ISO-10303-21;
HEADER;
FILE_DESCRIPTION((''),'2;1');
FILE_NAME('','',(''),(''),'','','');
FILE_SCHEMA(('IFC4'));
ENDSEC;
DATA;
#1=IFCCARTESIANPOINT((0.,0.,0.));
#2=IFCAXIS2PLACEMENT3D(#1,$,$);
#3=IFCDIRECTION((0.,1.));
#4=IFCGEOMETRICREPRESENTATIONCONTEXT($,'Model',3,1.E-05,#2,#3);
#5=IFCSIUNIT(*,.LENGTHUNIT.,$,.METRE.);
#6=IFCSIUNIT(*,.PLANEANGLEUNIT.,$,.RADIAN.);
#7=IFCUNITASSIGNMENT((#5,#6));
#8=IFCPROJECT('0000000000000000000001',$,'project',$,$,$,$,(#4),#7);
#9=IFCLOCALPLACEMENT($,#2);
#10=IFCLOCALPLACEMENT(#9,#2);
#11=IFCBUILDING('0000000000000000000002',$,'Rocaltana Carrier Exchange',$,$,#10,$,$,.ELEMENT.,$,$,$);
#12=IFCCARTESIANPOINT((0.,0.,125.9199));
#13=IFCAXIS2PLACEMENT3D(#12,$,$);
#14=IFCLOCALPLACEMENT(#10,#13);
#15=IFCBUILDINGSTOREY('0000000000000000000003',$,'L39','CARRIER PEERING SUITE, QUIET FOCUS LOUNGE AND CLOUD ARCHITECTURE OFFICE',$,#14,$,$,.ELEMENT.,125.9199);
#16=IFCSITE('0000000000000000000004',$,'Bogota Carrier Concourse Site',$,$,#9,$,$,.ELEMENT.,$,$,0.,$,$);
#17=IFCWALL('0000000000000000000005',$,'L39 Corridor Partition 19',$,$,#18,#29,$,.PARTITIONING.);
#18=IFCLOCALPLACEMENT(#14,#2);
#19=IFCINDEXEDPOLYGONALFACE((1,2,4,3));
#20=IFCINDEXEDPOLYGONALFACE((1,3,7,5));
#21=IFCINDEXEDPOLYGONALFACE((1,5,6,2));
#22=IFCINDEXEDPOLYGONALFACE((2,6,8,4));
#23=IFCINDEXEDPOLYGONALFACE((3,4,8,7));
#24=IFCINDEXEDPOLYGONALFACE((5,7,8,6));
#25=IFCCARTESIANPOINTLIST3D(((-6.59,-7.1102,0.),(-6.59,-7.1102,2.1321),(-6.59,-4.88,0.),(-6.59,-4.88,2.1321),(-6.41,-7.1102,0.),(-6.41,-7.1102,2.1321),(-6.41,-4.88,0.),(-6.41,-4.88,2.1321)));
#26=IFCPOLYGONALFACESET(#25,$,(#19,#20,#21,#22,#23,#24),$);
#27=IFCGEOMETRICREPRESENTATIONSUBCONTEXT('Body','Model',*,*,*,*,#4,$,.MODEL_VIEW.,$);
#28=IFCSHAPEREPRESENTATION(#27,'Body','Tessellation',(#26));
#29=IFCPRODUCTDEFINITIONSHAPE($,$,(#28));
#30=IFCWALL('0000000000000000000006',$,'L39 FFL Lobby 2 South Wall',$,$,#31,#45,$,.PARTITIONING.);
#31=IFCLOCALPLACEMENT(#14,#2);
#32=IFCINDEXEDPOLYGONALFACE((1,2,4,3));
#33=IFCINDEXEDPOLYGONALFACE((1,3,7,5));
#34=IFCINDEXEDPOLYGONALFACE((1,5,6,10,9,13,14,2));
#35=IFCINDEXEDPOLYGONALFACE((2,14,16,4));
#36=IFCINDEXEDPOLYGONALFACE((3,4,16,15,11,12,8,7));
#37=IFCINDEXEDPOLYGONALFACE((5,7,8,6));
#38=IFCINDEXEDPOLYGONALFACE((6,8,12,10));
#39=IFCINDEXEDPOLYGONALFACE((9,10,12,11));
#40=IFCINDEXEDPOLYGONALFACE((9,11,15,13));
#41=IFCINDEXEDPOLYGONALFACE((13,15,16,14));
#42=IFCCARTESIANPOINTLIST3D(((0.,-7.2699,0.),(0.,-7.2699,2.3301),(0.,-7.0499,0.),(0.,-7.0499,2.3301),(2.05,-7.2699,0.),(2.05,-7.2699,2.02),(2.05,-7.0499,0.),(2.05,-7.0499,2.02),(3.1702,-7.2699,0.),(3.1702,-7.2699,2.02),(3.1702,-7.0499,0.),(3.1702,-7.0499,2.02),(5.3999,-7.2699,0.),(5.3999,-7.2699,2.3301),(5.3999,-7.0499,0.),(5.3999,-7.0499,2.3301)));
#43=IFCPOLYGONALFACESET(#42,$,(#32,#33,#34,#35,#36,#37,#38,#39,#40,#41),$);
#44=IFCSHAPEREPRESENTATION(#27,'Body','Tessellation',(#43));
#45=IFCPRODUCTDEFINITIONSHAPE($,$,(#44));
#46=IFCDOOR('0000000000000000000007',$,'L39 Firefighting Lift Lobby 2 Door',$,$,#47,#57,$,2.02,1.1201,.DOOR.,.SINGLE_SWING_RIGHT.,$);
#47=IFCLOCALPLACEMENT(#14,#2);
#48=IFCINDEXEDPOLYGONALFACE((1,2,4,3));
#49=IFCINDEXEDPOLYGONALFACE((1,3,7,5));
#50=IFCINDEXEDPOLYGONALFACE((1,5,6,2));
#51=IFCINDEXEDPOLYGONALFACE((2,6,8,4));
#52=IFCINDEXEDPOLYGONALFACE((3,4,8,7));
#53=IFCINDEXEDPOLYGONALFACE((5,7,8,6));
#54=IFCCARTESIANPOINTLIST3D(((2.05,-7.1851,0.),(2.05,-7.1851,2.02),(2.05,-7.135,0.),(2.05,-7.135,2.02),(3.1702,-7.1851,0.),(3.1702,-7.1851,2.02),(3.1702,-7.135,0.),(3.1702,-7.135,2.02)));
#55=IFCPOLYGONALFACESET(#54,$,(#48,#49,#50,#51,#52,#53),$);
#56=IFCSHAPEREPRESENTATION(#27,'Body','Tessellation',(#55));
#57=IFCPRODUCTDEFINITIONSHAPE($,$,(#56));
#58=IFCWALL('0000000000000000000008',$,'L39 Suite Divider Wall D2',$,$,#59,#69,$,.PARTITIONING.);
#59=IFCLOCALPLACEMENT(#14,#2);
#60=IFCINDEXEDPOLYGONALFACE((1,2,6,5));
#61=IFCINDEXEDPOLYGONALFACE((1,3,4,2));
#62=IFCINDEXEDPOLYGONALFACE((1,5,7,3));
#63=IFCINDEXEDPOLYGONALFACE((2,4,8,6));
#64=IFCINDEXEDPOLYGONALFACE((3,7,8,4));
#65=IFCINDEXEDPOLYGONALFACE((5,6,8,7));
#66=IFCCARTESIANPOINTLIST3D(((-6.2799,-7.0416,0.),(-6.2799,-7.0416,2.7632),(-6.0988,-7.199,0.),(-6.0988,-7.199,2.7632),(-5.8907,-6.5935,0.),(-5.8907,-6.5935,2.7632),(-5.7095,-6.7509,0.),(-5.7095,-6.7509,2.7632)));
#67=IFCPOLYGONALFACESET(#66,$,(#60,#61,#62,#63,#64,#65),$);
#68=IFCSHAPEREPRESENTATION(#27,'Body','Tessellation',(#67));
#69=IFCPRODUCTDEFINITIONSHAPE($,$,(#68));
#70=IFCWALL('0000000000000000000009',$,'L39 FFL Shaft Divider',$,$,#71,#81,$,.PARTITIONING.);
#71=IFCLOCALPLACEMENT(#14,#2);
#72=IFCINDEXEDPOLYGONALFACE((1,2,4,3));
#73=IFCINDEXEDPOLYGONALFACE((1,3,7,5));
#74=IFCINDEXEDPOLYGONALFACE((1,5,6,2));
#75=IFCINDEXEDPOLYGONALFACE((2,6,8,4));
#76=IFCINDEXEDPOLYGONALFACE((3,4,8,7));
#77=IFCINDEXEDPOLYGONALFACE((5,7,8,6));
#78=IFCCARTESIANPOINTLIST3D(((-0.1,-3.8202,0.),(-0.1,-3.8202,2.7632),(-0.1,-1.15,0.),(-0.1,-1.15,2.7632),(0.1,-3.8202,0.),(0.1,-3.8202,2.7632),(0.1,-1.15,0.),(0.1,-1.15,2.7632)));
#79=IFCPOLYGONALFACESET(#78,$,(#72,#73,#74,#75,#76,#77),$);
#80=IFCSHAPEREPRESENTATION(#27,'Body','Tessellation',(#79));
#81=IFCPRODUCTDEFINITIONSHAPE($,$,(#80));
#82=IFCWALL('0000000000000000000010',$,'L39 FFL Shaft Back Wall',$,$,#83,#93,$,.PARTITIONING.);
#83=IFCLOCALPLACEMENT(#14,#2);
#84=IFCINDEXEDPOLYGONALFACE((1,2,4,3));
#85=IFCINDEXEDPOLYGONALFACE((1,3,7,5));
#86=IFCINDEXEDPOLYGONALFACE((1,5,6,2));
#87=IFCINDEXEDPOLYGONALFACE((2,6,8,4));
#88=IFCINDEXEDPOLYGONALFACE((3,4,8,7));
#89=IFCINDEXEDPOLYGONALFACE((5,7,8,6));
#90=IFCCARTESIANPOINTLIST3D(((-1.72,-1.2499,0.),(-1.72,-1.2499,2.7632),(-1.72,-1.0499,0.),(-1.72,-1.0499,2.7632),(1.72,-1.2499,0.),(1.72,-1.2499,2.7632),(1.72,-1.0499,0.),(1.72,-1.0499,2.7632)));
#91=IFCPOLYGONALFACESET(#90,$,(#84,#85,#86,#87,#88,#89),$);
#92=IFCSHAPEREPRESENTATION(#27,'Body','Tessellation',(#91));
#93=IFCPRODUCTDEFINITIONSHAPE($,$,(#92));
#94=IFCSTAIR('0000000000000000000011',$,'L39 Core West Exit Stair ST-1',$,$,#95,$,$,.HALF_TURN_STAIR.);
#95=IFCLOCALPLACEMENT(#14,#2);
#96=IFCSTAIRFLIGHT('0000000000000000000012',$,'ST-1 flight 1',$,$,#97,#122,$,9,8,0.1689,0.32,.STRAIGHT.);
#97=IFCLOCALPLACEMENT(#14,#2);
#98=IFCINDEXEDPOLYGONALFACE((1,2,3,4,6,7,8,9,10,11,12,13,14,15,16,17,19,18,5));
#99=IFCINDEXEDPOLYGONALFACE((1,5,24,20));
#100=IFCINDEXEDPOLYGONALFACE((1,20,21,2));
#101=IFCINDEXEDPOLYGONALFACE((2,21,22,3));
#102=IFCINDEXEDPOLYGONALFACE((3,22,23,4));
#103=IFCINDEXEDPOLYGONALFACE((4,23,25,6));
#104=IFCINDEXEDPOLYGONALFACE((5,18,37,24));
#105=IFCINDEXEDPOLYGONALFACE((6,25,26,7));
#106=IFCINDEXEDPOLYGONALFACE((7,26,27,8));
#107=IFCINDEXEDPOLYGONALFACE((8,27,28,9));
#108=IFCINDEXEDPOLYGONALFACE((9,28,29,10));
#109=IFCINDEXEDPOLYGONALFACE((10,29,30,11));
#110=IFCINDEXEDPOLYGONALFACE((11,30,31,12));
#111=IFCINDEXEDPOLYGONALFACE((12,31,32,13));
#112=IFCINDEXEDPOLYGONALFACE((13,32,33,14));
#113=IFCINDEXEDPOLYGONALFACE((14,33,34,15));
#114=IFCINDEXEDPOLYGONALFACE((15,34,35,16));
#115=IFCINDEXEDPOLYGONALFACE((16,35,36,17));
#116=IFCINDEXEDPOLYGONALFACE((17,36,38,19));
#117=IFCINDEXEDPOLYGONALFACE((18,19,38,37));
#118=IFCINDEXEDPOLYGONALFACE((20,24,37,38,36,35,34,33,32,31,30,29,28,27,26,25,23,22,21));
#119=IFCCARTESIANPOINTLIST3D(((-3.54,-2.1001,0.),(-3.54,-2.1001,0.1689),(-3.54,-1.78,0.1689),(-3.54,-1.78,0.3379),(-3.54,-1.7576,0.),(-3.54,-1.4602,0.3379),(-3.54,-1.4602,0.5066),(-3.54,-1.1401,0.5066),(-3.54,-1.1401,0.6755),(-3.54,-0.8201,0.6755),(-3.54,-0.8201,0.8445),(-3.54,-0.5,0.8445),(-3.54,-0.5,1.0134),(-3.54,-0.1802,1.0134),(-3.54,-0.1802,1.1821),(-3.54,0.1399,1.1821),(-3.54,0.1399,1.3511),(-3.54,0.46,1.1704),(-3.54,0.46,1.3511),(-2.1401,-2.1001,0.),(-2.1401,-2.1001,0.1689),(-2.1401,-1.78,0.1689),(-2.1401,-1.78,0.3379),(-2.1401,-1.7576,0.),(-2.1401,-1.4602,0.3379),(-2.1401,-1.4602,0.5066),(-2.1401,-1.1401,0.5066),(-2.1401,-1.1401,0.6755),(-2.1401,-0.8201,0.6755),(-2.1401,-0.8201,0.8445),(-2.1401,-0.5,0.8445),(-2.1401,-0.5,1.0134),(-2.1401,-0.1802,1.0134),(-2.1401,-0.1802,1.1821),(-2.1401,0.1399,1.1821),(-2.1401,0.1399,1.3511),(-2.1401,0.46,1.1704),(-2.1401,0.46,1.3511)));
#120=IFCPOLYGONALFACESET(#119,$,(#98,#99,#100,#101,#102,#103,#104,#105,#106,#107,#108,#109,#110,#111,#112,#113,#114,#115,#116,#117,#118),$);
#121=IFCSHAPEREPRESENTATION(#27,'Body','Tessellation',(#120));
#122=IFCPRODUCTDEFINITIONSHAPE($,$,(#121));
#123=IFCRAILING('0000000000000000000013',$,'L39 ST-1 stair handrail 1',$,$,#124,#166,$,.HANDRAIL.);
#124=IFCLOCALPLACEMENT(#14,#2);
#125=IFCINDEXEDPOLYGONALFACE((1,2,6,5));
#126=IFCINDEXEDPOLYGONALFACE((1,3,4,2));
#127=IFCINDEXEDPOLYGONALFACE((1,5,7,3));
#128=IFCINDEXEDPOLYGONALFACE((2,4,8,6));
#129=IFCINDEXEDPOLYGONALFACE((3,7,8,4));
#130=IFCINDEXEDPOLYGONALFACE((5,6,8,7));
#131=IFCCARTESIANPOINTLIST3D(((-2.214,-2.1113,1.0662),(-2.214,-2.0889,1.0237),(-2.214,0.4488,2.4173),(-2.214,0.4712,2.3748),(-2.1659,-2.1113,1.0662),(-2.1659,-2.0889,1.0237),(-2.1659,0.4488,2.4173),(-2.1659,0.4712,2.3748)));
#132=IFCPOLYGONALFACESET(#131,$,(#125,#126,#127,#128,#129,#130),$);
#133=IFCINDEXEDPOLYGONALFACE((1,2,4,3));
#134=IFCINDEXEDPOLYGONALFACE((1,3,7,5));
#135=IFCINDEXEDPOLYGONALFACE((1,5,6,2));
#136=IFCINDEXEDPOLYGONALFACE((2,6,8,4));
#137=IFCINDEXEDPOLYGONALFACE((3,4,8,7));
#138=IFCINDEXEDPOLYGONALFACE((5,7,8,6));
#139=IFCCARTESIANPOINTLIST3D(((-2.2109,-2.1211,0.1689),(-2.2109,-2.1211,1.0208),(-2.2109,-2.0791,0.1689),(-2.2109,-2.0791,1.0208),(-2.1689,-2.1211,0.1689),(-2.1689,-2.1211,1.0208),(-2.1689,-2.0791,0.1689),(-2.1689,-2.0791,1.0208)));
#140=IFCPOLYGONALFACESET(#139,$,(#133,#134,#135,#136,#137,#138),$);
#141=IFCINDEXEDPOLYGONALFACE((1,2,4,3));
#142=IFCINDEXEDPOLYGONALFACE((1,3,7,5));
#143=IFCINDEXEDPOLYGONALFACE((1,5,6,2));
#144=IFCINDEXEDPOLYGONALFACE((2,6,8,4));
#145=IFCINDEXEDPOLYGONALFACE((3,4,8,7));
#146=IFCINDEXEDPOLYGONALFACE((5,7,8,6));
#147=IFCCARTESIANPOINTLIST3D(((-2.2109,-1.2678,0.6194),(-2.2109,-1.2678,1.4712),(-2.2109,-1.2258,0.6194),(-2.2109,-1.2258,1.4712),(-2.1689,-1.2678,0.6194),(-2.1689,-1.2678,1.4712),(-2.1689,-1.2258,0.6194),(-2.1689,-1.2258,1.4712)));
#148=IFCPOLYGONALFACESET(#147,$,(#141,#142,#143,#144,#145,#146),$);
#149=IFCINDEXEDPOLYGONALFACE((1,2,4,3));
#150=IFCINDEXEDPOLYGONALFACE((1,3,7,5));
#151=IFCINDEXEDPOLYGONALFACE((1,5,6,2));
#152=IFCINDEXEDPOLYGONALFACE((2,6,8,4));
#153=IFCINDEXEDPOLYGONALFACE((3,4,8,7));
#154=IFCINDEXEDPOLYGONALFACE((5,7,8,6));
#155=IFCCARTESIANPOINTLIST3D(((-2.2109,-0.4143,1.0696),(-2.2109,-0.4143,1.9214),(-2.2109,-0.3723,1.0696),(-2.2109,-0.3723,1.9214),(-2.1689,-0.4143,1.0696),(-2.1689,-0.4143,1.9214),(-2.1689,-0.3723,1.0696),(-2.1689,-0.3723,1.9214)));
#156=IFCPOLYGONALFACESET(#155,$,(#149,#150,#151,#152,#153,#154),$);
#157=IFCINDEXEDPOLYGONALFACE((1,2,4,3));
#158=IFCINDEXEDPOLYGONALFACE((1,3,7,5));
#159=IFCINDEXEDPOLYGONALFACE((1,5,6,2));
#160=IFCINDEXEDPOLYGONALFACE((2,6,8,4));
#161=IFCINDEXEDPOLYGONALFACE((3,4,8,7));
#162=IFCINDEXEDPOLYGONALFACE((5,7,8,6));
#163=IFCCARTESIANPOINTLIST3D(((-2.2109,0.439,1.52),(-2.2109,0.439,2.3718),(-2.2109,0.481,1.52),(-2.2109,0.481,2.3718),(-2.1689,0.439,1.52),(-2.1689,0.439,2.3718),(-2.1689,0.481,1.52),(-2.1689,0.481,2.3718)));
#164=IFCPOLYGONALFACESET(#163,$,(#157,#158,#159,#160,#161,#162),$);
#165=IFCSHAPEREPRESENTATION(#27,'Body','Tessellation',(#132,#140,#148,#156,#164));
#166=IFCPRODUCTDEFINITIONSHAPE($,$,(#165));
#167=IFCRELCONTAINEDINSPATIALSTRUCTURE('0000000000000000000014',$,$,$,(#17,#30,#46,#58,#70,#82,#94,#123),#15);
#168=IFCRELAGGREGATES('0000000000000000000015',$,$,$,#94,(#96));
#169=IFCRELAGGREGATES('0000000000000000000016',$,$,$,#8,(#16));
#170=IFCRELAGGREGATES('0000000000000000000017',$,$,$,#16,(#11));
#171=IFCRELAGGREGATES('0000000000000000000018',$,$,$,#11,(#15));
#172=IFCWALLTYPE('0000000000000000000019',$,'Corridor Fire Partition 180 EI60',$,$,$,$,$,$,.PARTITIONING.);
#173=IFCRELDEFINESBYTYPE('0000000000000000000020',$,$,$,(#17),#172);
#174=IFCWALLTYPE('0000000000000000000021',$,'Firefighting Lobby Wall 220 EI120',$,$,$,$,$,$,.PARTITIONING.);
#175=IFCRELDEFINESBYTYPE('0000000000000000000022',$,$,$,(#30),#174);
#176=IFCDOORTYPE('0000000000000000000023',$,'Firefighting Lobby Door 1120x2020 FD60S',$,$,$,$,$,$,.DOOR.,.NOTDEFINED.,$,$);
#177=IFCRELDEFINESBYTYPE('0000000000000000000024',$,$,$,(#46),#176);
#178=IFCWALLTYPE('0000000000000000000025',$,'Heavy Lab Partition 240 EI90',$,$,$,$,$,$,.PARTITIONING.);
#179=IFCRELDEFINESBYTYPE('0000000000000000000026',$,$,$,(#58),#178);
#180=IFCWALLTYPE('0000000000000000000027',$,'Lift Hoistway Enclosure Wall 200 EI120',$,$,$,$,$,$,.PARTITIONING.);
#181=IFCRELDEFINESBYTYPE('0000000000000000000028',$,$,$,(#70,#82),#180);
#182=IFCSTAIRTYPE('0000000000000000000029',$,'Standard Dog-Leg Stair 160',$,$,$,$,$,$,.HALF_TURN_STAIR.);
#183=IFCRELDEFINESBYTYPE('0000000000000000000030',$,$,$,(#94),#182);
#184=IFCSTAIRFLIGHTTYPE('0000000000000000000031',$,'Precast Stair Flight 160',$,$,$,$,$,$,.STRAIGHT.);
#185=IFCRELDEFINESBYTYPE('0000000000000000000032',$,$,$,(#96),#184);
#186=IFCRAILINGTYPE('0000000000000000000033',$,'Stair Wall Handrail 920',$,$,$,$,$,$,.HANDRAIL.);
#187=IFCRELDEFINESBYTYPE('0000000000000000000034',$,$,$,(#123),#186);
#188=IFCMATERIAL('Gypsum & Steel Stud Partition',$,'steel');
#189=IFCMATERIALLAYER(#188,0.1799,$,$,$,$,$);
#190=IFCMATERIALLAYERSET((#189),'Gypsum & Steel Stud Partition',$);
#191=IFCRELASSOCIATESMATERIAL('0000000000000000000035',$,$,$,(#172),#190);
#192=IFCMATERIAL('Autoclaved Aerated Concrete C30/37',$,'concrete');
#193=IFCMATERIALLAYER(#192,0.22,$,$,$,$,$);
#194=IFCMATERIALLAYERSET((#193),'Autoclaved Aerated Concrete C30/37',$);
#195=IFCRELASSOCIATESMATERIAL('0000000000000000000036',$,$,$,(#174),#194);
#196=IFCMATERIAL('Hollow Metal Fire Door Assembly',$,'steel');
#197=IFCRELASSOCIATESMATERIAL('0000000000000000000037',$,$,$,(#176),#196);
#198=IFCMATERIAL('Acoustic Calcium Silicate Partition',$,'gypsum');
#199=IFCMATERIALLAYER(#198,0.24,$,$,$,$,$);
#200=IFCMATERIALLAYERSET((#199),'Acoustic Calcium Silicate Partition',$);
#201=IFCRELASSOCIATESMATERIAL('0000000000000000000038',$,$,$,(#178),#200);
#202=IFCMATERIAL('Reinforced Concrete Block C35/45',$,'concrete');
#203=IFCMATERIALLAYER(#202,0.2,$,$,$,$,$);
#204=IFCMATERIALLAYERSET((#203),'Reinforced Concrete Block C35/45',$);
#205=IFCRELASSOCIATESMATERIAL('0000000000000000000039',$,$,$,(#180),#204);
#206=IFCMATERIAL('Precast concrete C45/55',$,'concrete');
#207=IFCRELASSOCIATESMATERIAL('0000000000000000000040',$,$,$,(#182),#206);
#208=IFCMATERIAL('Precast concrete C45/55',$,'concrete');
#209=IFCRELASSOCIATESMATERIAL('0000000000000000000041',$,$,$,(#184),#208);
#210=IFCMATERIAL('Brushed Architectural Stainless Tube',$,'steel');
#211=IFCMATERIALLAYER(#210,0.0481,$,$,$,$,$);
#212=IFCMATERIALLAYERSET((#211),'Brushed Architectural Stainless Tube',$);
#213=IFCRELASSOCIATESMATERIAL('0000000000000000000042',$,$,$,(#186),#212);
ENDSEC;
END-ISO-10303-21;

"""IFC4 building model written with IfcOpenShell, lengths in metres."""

from ifc_helpers import new_model, si_unit, direction, frame, frame_2d, origin, origin_2d, place, context, subcontext, project, spatial, polyline, rectangle, outline, extrude, material, layer, layer_set, type_object, element, fill, aggregate, save


model = new_model("IFC4")

# Units and contexts
model_context = context("Model", 3, precision=1e-05, world=origin(), true_north=direction((0.0, 1.0)))
body_context = subcontext(model_context, "Body", "Model", "MODEL_VIEW")
ifc_project = project(units=[si_unit("LENGTHUNIT", "METRE"), si_unit("PLANEANGLEUNIT", "RADIAN")], contexts=[model_context])

# Site, building, storey
site_placement = place(None, origin())
site = spatial("IfcSite", under=ifc_project, at=site_placement, Name="Bogota Carrier Concourse Site", CompositionType="ELEMENT", RefElevation=0.0)
building_placement = place(site_placement, origin())
building = spatial("IfcBuilding", under=site, at=building_placement, Name="Rocaltana Carrier Exchange", CompositionType="ELEMENT")
storey_placement = place(building_placement, frame((0.0, 0.0, 125.9199)))
storey = spatial("IfcBuildingStorey", under=building, at=storey_placement, Name="L39", Description="CARRIER PEERING SUITE, QUIET FOCUS LOUNGE AND CLOUD ARCHITECTURE OFFICE", CompositionType="ELEMENT", Elevation=125.9199)

# Wall
ifc_material_1 = material(Name="Gypsum & Steel Stud Partition", Category="steel")
ifc_layer_1 = layer(ifc_material_1, 0.1799)
ifc_layer_set_1 = layer_set([ifc_layer_1], Name="Gypsum & Steel Stud Partition")
wall_type_1 = type_object("IfcWallType", Name="Corridor Fire Partition 180 EI60", PredefinedType="PARTITIONING", material=ifc_layer_set_1)
wall_1_placement = place(storey_placement, frame((-6.5, -4.8799, 0.0), z_axis=(0.0, 0.0, 1.0), x_axis=(0.0, -1.0, 0.0)))
element("IfcWall", 1, at=wall_1_placement, inside=storey, type_object=wall_type_1, Name="L39 Corridor Partition 19", PredefinedType="PARTITIONING", context=body_context, shape_type="SweptSolid", body=[
    extrude(rectangle(XDim=2.2302, YDim=0.1799, at=frame_2d((1.1152, 0.0))), origin(), (0.0, 0.0, 1.0), 2.1321),
])

# Wall, opening, door
ifc_material_2 = material(Name="Autoclaved Aerated Concrete C30/37", Category="concrete")
ifc_layer_2 = layer(ifc_material_2, 0.22)
ifc_layer_set_2 = layer_set([ifc_layer_2], Name="Autoclaved Aerated Concrete C30/37")
wall_type_2 = type_object("IfcWallType", Name="Firefighting Lobby Wall 220 EI120", PredefinedType="PARTITIONING", material=ifc_layer_set_2)
wall_2_placement = place(storey_placement, frame((0.0, -7.1599, 0.0), z_axis=(0.0, 0.0, 1.0), x_axis=(1.0, 0.0, 0.0)))
wall_2 = element("IfcWall", 2, at=wall_2_placement, inside=storey, type_object=wall_type_2, Name="L39 FFL Lobby 2 South Wall", PredefinedType="PARTITIONING", context=body_context, shape_type="SweptSolid", body=[
    extrude(rectangle(XDim=5.3999, YDim=0.22, at=frame_2d((2.7, 0.0))), origin(), (0.0, 0.0, 1.0), 2.3301),
])
opening_1_placement = place(wall_2_placement, frame((2.05, 0.0, 0.0)))
opening_1 = element("IfcOpeningElement", 3, at=opening_1_placement, cuts=wall_2, PredefinedType="OPENING", context=body_context, shape_type="SweptSolid", body=[
    extrude(rectangle(XDim=1.1201, YDim=2.02, at=frame_2d((0.5601, 1.01))), frame((0.0, 0.1199, 0.0), z_axis=(0.0, -1.0, 0.0), x_axis=(1.0, 0.0, 0.0)), (0.0, 0.0, 1.0), 0.24),
])
ifc_material_3 = material(Name="Hollow Metal Fire Door Assembly", Category="steel")
door_type_1 = type_object("IfcDoorType", Name="Firefighting Lobby Door 1120x2020 FD60S", OperationType="NOTDEFINED", PredefinedType="DOOR", material=ifc_material_3)
door_1_placement = place(opening_1_placement, origin())
door_1 = element("IfcDoor", 4, at=door_1_placement, inside=storey, type_object=door_type_1, Name="L39 Firefighting Lift Lobby 2 Door", OperationType="SINGLE_SWING_RIGHT", OverallHeight=2.02, OverallWidth=1.1201, PredefinedType="DOOR", context=body_context, shape_type="SweptSolid", body=[
    extrude(rectangle(XDim=1.1201, YDim=2.02, at=frame_2d((0.5601, 1.01))), frame((0.0, 0.0249, 0.0), z_axis=(0.0, -1.0, 0.0), x_axis=(1.0, 0.0, 0.0)), (0.0, 0.0, 1.0), 0.05),
])
fill(opening_1, door_1)

# Walls
ifc_material_4 = material(Name="Acoustic Calcium Silicate Partition", Category="gypsum")
ifc_layer_3 = layer(ifc_material_4, 0.24)
ifc_layer_set_3 = layer_set([ifc_layer_3], Name="Acoustic Calcium Silicate Partition")
wall_type_3 = type_object("IfcWallType", Name="Heavy Lab Partition 240 EI90", PredefinedType="PARTITIONING", material=ifc_layer_set_3)
wall_3_placement = place(storey_placement, frame((-5.8, -6.6721, 0.0), z_axis=(0.0, 0.0, 1.0), x_axis=(-0.655792, -0.754942, 0.0)))
element("IfcWall", 5, at=wall_3_placement, inside=storey, type_object=wall_type_3, Name="L39 Suite Divider Wall D2", PredefinedType="PARTITIONING", context=body_context, shape_type="SweptSolid", body=[
    extrude(rectangle(XDim=0.5935, YDim=0.24, at=frame_2d((0.2969, 0.0))), origin(), (0.0, 0.0, 1.0), 2.7632),
])
ifc_material_5 = material(Name="Reinforced Concrete Block C35/45", Category="concrete")
ifc_layer_4 = layer(ifc_material_5, 0.2)
ifc_layer_set_4 = layer_set([ifc_layer_4], Name="Reinforced Concrete Block C35/45")
wall_type_4 = type_object("IfcWallType", Name="Lift Hoistway Enclosure Wall 200 EI120", PredefinedType="PARTITIONING", material=ifc_layer_set_4)
wall_4_placement = place(storey_placement, frame((0.0, -3.8201, 0.0), z_axis=(0.0, 0.0, 1.0), x_axis=(0.0, 1.0, 0.0)))
element("IfcWall", 6, at=wall_4_placement, inside=storey, type_object=wall_type_4, Name="L39 FFL Shaft Divider", PredefinedType="PARTITIONING", context=body_context, shape_type="SweptSolid", body=[
    extrude(rectangle(XDim=2.6702, YDim=0.2, at=frame_2d((1.335, 0.0))), origin(), (0.0, 0.0, 1.0), 2.7632),
])
wall_5_placement = place(storey_placement, frame((-1.72, -1.1499, 0.0), z_axis=(0.0, 0.0, 1.0), x_axis=(1.0, 0.0, 0.0)))
element("IfcWall", 7, at=wall_5_placement, inside=storey, type_object=wall_type_4, Name="L39 FFL Shaft Back Wall", PredefinedType="PARTITIONING", context=body_context, shape_type="SweptSolid", body=[
    extrude(rectangle(XDim=3.4399, YDim=0.2, at=frame_2d((1.72, 0.0))), origin(), (0.0, 0.0, 1.0), 2.7632),
])

# Stair, stair flight
ifc_material_6 = material(Name="Precast concrete C45/55", Category="concrete")
stair_type = type_object("IfcStairType", Name="Standard Dog-Leg Stair 160", PredefinedType="HALF_TURN_STAIR", material=ifc_material_6)
stair_placement = place(storey_placement, origin())
stair = element("IfcStair", 8, at=stair_placement, inside=storey, type_object=stair_type, Name="L39 Core West Exit Stair ST-1", PredefinedType="HALF_TURN_STAIR")
ifc_material_7 = material(Name="Precast concrete C45/55", Category="concrete")
stair_flight_type = type_object("IfcStairFlightType", Name="Precast Stair Flight 160", PredefinedType="STRAIGHT", material=ifc_material_7)
stair_flight_placement = place(storey_placement, frame((-2.8401, -2.1001, 0.0), z_axis=(0.0, 0.0, 1.0), x_axis=(0.0, 1.0, 0.0)))
stair_flight = element("IfcStairFlight", 9, at=stair_flight_placement, type_object=stair_flight_type, Name="ST-1 flight 1", NumberOfRisers=9, NumberOfTreads=8, PredefinedType="STRAIGHT", RiserHeight=0.1689, TreadLength=0.32, context=body_context, shape_type="SweptSolid", body=[
    extrude(outline(polyline([(0.0, 0.0), (0.0, 0.1689), (0.3201, 0.1689), (0.3201, 0.3379), (0.6399, 0.3379), (0.6399, 0.5066), (0.96, 0.5066), (0.96, 0.6755), (1.28, 0.6755), (1.28, 0.8445), (1.6001, 0.8445), (1.6001, 1.0134), (1.9199, 1.0134), (1.9199, 1.1821), (2.24, 1.1821), (2.24, 1.3511), (2.5601, 1.3511), (2.5601, 1.52), (2.5601, 1.1704), (0.3425, 0.0), (0.0, 0.0)])), frame((0.0, 0.7, 0.0), z_axis=(0.0, -1.0, 0.0), x_axis=(1.0, 0.0, 0.0)), (0.0, 0.0, 1.0), 1.3999),
])
aggregate(stair, [stair_flight])

# Railing
ifc_material_8 = material(Name="Brushed Architectural Stainless Tube", Category="steel")
ifc_layer_5 = layer(ifc_material_8, 0.0481)
ifc_layer_set_5 = layer_set([ifc_layer_5], Name="Brushed Architectural Stainless Tube")
railing_type_1 = type_object("IfcRailingType", Name="Stair Wall Handrail 920", PredefinedType="HANDRAIL", material=ifc_layer_set_5)
railing_1_placement = place(storey_placement, frame((-2.1899, -2.1001, 0.1689)))
element("IfcRailing", 10, at=railing_1_placement, inside=storey, type_object=railing_type_1, Name="L39 ST-1 stair handrail 1", PredefinedType="HANDRAIL", context=body_context, shape_type="SweptSolid", body=[
    extrude(rectangle(XDim=0.0481, YDim=0.0481, at=origin_2d()), frame((0.0, 0.0, 0.876), z_axis=(0.0, 0.884394, 0.46674), x_axis=(-1.0, 0.0, 0.0)), (0.0, 0.0, 1.0), 2.8948),
    extrude(rectangle(XDim=0.042, YDim=0.042, at=origin_2d()), origin(), (0.0, 0.0, 1.0), 0.8518),
    extrude(rectangle(XDim=0.042, YDim=0.042, at=origin_2d()), frame((0.0, 0.8533, 0.4504)), (0.0, 0.0, 1.0), 0.8518),
    extrude(rectangle(XDim=0.042, YDim=0.042, at=origin_2d()), frame((0.0, 1.7068, 0.9006)), (0.0, 0.0, 1.0), 0.8518),
    extrude(rectangle(XDim=0.042, YDim=0.042, at=origin_2d()), frame((0.0, 2.5601, 1.3511)), (0.0, 0.0, 1.0), 0.8518),
])

save(model, "model.ifc")
